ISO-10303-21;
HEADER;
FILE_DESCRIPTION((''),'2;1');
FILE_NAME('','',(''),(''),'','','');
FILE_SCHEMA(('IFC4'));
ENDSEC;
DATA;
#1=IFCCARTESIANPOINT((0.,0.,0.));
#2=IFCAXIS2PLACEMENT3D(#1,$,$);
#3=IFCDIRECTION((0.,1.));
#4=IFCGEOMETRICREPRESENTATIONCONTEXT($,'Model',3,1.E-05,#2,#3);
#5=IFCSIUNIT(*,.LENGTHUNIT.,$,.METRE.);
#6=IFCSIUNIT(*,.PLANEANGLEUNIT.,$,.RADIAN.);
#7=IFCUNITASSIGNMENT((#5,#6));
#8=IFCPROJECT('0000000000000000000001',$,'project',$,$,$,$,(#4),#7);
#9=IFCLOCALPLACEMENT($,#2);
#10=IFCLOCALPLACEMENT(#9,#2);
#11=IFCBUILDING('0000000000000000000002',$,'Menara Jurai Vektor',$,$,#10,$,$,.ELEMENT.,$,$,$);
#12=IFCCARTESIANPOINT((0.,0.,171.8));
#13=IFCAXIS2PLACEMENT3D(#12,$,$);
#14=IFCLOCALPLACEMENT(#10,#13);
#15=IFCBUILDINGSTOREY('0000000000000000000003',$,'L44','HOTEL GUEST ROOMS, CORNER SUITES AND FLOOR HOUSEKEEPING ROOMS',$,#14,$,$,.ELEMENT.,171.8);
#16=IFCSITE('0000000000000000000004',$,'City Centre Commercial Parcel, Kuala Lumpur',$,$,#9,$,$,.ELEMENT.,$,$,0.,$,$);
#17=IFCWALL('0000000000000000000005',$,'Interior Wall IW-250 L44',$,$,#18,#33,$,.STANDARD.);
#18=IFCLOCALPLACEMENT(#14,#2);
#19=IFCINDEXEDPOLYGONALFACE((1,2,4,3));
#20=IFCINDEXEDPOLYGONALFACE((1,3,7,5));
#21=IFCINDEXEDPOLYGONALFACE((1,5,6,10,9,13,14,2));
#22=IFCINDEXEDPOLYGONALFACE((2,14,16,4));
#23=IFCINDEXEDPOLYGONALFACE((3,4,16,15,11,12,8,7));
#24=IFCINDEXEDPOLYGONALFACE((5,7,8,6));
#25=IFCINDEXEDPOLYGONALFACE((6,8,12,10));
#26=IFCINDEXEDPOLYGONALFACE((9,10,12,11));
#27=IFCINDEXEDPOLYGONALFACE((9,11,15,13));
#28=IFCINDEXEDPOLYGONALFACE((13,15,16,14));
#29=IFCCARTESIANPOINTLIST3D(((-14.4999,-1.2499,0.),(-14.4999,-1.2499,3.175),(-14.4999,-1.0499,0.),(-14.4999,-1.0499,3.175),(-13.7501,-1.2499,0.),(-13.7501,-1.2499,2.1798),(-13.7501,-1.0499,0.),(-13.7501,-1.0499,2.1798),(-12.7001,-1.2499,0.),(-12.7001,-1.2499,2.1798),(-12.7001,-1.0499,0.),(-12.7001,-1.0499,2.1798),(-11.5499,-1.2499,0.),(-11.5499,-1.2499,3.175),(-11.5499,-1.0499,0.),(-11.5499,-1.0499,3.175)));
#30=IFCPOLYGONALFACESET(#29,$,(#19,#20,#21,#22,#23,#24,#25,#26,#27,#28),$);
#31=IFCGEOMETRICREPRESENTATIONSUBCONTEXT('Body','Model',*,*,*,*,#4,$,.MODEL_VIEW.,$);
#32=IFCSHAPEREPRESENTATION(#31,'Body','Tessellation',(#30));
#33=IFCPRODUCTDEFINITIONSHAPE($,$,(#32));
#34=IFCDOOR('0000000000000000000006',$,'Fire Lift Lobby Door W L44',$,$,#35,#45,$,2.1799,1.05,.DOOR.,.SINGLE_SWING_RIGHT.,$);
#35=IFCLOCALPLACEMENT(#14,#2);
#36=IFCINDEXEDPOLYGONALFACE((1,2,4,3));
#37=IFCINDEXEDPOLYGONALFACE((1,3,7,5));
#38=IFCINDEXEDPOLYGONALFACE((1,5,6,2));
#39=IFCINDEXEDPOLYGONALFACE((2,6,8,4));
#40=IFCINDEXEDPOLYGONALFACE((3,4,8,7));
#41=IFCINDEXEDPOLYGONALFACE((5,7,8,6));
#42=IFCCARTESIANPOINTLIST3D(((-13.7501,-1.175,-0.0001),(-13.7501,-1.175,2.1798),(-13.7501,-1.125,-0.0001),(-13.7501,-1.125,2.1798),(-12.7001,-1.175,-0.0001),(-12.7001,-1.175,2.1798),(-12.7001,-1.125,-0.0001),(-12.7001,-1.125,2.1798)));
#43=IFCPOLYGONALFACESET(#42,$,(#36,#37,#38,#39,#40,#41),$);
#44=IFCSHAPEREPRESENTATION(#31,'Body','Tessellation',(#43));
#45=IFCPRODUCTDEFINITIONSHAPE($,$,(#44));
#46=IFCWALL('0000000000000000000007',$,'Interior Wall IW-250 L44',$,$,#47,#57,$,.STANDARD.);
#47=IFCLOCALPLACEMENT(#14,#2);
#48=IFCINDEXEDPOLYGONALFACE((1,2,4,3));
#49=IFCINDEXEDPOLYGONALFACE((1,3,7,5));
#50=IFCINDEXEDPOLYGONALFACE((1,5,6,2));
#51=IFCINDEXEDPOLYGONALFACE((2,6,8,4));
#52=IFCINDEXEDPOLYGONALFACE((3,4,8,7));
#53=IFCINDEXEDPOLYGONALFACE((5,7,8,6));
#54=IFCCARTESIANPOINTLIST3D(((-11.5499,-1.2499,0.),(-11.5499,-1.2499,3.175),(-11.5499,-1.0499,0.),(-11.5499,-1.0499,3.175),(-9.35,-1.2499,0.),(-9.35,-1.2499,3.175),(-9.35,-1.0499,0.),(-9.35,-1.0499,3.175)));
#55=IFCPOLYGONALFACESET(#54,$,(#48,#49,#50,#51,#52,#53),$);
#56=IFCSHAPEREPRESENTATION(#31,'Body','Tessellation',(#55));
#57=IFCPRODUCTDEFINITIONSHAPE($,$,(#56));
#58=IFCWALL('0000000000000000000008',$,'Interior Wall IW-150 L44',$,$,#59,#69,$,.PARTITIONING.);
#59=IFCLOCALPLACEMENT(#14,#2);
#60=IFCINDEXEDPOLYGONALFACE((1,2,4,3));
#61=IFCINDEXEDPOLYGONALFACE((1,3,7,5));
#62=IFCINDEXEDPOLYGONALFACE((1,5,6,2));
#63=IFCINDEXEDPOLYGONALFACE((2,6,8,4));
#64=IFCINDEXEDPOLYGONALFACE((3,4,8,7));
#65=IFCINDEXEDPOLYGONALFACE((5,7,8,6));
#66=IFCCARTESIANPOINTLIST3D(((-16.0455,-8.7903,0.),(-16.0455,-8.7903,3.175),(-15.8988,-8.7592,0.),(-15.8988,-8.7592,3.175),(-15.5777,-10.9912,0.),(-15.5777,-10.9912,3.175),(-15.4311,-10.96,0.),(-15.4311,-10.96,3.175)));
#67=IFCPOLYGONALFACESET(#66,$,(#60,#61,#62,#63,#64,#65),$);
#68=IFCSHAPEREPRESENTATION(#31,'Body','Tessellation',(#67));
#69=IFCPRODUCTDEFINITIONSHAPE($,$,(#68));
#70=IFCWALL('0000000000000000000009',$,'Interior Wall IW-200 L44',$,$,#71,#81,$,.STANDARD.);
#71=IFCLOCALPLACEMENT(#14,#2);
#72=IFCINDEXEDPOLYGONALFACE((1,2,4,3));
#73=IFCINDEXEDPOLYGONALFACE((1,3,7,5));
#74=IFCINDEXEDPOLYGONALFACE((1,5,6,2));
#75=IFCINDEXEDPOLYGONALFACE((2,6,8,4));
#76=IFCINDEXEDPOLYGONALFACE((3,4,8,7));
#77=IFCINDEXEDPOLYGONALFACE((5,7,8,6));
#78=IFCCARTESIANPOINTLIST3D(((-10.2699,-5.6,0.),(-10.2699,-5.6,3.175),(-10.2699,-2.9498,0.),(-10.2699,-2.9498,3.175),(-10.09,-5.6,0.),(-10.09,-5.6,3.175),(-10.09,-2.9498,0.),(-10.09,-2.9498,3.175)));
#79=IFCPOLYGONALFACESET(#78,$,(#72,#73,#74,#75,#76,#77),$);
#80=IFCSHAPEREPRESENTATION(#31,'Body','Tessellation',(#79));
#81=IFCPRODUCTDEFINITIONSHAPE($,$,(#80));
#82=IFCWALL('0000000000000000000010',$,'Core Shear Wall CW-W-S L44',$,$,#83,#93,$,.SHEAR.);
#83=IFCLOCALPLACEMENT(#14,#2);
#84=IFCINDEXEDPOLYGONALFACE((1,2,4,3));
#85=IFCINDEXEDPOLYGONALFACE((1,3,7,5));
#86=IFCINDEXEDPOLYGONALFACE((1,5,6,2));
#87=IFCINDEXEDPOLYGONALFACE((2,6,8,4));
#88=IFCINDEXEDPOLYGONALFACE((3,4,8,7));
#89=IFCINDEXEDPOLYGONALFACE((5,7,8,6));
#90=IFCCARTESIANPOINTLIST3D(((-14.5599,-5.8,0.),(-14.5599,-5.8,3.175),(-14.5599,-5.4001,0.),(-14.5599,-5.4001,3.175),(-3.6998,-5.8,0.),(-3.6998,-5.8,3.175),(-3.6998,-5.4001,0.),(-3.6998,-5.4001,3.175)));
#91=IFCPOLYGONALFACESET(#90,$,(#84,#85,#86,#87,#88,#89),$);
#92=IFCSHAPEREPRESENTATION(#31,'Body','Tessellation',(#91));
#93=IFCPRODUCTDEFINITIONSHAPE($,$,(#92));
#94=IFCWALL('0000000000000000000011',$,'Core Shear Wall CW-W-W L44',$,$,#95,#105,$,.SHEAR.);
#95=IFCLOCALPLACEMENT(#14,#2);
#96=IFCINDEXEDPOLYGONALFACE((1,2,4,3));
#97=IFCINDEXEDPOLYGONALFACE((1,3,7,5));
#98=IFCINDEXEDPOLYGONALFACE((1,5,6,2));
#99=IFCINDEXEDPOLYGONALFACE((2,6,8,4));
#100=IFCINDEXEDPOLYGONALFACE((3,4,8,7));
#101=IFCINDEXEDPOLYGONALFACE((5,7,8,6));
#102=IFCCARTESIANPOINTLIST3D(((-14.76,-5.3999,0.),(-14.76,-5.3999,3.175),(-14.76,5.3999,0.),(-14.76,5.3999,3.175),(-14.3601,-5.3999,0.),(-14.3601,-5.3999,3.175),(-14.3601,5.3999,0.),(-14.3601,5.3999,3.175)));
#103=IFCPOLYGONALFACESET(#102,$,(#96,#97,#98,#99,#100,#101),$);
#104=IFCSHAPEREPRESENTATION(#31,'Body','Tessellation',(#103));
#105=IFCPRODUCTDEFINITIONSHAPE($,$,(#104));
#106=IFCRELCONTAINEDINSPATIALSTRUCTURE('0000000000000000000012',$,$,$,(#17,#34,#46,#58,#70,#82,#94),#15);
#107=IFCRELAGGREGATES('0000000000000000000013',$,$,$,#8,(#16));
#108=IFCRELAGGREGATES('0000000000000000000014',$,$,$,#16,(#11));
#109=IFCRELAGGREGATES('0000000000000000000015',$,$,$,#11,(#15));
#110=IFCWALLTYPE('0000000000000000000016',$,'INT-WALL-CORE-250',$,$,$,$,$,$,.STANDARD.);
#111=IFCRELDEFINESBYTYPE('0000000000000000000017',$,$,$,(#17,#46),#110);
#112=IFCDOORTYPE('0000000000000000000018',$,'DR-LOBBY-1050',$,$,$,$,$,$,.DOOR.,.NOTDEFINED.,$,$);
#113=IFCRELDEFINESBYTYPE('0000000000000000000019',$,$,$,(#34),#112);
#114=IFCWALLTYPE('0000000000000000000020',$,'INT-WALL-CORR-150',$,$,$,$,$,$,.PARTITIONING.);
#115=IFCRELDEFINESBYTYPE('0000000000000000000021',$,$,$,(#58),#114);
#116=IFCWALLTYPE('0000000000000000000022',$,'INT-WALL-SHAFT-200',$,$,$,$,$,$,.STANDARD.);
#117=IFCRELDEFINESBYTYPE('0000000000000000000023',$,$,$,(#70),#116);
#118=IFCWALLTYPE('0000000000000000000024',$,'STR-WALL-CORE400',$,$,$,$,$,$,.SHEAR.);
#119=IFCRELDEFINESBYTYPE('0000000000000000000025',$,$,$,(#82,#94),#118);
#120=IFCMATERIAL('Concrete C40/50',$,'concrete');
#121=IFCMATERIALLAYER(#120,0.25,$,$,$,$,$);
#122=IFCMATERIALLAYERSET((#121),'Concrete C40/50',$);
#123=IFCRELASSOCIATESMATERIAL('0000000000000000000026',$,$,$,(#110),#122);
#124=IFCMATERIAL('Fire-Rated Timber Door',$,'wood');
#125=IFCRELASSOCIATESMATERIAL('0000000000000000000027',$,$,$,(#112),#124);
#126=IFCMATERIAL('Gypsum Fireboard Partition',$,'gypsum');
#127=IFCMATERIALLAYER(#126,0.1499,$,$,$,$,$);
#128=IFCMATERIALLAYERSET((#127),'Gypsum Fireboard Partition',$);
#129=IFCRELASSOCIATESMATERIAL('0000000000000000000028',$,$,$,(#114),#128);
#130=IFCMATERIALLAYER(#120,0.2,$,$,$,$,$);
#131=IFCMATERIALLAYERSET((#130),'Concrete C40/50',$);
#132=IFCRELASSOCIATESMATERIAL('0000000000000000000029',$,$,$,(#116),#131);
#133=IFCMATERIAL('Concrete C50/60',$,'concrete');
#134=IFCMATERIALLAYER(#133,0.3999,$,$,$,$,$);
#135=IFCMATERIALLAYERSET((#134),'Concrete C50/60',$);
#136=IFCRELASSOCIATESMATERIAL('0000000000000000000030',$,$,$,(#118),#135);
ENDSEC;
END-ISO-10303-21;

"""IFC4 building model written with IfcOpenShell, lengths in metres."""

from ifc_helpers import new_model, si_unit, direction, frame, frame_2d, origin, place, context, subcontext, project, spatial, rectangle, extrude, material, layer, layer_set, type_object, element, fill, save


model = new_model("IFC4")

# Units and contexts
model_context = context("Model", 3, precision=1e-05, world=origin(), true_north=direction((0.0, 1.0)))
body_context = subcontext(model_context, "Body", "Model", "MODEL_VIEW")
ifc_project = project(units=[si_unit("LENGTHUNIT", "METRE"), si_unit("PLANEANGLEUNIT", "RADIAN")], contexts=[model_context])

# Site, building, storey
site_placement = place(None, origin())
site = spatial("IfcSite", under=ifc_project, at=site_placement, Name="City Centre Commercial Parcel, Kuala Lumpur", CompositionType="ELEMENT", RefElevation=0.0)
building_placement = place(site_placement, origin())
building = spatial("IfcBuilding", under=site, at=building_placement, Name="Menara Jurai Vektor", CompositionType="ELEMENT")
storey_placement = place(building_placement, frame((0.0, 0.0, 171.8)))
storey = spatial("IfcBuildingStorey", under=building, at=storey_placement, Name="L44", Description="HOTEL GUEST ROOMS, CORNER SUITES AND FLOOR HOUSEKEEPING ROOMS", CompositionType="ELEMENT", Elevation=171.8)

# Shared definitions
ifc_material_1 = material(Name="Concrete C50/60", Category="concrete")

# Wall, opening, door
ifc_material_2 = material(Name="Concrete C40/50", Category="concrete")
ifc_layer_1 = layer(ifc_material_2, 0.25)
ifc_layer_set_1 = layer_set([ifc_layer_1], Name="Concrete C40/50")
wall_type_1 = type_object("IfcWallType", Name="INT-WALL-CORE-250", PredefinedType="STANDARD", material=ifc_layer_set_1)
wall_1_placement = place(storey_placement, frame((-14.5, -1.1499, 0.0), z_axis=(0.0, 0.0, 1.0), x_axis=(1.0, 0.0, 0.0)))
wall_1 = element("IfcWall", 1, at=wall_1_placement, inside=storey, type_object=wall_type_1, Name="Interior Wall IW-250 L44", PredefinedType="STANDARD", context=body_context, shape_type="SweptSolid", body=[
    extrude(rectangle(XDim=2.95, YDim=0.2, at=frame_2d((1.4751, 0.0))), origin(), (0.0, 0.0, 1.0), 3.175),
])
opening_1_placement = place(wall_1_placement, frame((0.75, 0.0, 0.0)))
opening_1 = element("IfcOpeningElement", 2, at=opening_1_placement, cuts=wall_1, PredefinedType="OPENING", context=body_context, shape_type="SweptSolid", body=[
    extrude(rectangle(XDim=1.05, YDim=2.1799, at=frame_2d((0.5249, 1.0898))), frame((0.0, 0.1099, 0.0), z_axis=(0.0, -1.0, 0.0), x_axis=(1.0, 0.0, 0.0)), (0.0, 0.0, 1.0), 0.22),
])
ifc_material_3 = material(Name="Fire-Rated Timber Door", Category="wood")
door_type_1 = type_object("IfcDoorType", Name="DR-LOBBY-1050", OperationType="NOTDEFINED", PredefinedType="DOOR", material=ifc_material_3)
door_1_placement = place(opening_1_placement, origin())
door_1 = element("IfcDoor", 3, at=door_1_placement, inside=storey, type_object=door_type_1, Name="Fire Lift Lobby Door W L44", OperationType="SINGLE_SWING_RIGHT", OverallHeight=2.1799, OverallWidth=1.05, PredefinedType="DOOR", context=body_context, shape_type="SweptSolid", body=[
    extrude(rectangle(XDim=1.05, YDim=2.1799, at=frame_2d((0.5249, 1.0898))), frame((0.0, 0.0249, 0.0), z_axis=(0.0, -1.0, 0.0), x_axis=(1.0, 0.0, 0.0)), (0.0, 0.0, 1.0), 0.05),
])
fill(opening_1, door_1)

# Walls
wall_2_placement = place(storey_placement, frame((-11.55, -1.1499, 0.0), z_axis=(0.0, 0.0, 1.0), x_axis=(1.0, 0.0, 0.0)))
element("IfcWall", 4, at=wall_2_placement, inside=storey, type_object=wall_type_1, Name="Interior Wall IW-250 L44", PredefinedType="STANDARD", context=body_context, shape_type="SweptSolid", body=[
    extrude(rectangle(XDim=2.2, YDim=0.2, at=frame_2d((1.1001, 0.0))), origin(), (0.0, 0.0, 1.0), 3.175),
])
ifc_material_4 = material(Name="Gypsum Fireboard Partition", Category="gypsum")
ifc_layer_2 = layer(ifc_material_4, 0.1499)
ifc_layer_set_2 = layer_set([ifc_layer_2], Name="Gypsum Fireboard Partition")
wall_type_2 = type_object("IfcWallType", Name="INT-WALL-CORR-150", PredefinedType="PARTITIONING", material=ifc_layer_set_2)
wall_3_placement = place(storey_placement, frame((-15.5044, -10.9756, 0.0), z_axis=(0.0, 0.0, 1.0), x_axis=(-0.207891, 0.978152, 0.0)))
element("IfcWall", 5, at=wall_3_placement, inside=storey, type_object=wall_type_2, Name="Interior Wall IW-150 L44", PredefinedType="PARTITIONING", context=body_context, shape_type="SweptSolid", body=[
    extrude(rectangle(XDim=2.25, YDim=0.1499, at=frame_2d((1.125, 0.0))), origin(), (0.0, 0.0, 1.0), 3.175),
])

# Shared definitions
ifc_layer_3 = layer(ifc_material_2, 0.2)
ifc_layer_set_3 = layer_set([ifc_layer_3], Name="Concrete C40/50")
wall_type_3 = type_object("IfcWallType", Name="INT-WALL-SHAFT-200", PredefinedType="STANDARD", material=ifc_layer_set_3)

# Walls
wall_4_placement = place(storey_placement, frame((-10.1799, -5.6001, 0.0), z_axis=(0.0, 0.0, 1.0), x_axis=(0.0, 1.0, 0.0)))
element("IfcWall", 6, at=wall_4_placement, inside=storey, type_object=wall_type_3, Name="Interior Wall IW-200 L44", PredefinedType="STANDARD", context=body_context, shape_type="SweptSolid", body=[
    extrude(rectangle(XDim=2.6501, YDim=0.1799, at=frame_2d((1.3252, 0.0))), origin(), (0.0, 0.0, 1.0), 3.175),
])
ifc_layer_4 = layer(ifc_material_1, 0.3999)
ifc_layer_set_4 = layer_set([ifc_layer_4], Name="Concrete C50/60")
wall_type_4 = type_object("IfcWallType", Name="STR-WALL-CORE400", PredefinedType="SHEAR", material=ifc_layer_set_4)
wall_5_placement = place(storey_placement, frame((-14.5601, -5.6001, 0.0), z_axis=(0.0, 0.0, 1.0), x_axis=(1.0, 0.0, 0.0)))
element("IfcWall", 7, at=wall_5_placement, inside=storey, type_object=wall_type_4, Name="Core Shear Wall CW-W-S L44", PredefinedType="SHEAR", context=body_context, shape_type="SweptSolid", body=[
    extrude(rectangle(XDim=10.8601, YDim=0.3999, at=frame_2d((5.4302, 0.0))), origin(), (0.0, 0.0, 1.0), 3.175),
])
wall_6_placement = place(storey_placement, frame((-14.5601, -5.3999, 0.0), z_axis=(0.0, 0.0, 1.0), x_axis=(0.0, 1.0, 0.0)))
element("IfcWall", 8, at=wall_6_placement, inside=storey, type_object=wall_type_4, Name="Core Shear Wall CW-W-W L44", PredefinedType="SHEAR", context=body_context, shape_type="SweptSolid", body=[
    extrude(rectangle(XDim=10.7998, YDim=0.3999, at=frame_2d((5.3999, 0.0))), origin(), (0.0, 0.0, 1.0), 3.175),
])

save(model, "model.ifc")
